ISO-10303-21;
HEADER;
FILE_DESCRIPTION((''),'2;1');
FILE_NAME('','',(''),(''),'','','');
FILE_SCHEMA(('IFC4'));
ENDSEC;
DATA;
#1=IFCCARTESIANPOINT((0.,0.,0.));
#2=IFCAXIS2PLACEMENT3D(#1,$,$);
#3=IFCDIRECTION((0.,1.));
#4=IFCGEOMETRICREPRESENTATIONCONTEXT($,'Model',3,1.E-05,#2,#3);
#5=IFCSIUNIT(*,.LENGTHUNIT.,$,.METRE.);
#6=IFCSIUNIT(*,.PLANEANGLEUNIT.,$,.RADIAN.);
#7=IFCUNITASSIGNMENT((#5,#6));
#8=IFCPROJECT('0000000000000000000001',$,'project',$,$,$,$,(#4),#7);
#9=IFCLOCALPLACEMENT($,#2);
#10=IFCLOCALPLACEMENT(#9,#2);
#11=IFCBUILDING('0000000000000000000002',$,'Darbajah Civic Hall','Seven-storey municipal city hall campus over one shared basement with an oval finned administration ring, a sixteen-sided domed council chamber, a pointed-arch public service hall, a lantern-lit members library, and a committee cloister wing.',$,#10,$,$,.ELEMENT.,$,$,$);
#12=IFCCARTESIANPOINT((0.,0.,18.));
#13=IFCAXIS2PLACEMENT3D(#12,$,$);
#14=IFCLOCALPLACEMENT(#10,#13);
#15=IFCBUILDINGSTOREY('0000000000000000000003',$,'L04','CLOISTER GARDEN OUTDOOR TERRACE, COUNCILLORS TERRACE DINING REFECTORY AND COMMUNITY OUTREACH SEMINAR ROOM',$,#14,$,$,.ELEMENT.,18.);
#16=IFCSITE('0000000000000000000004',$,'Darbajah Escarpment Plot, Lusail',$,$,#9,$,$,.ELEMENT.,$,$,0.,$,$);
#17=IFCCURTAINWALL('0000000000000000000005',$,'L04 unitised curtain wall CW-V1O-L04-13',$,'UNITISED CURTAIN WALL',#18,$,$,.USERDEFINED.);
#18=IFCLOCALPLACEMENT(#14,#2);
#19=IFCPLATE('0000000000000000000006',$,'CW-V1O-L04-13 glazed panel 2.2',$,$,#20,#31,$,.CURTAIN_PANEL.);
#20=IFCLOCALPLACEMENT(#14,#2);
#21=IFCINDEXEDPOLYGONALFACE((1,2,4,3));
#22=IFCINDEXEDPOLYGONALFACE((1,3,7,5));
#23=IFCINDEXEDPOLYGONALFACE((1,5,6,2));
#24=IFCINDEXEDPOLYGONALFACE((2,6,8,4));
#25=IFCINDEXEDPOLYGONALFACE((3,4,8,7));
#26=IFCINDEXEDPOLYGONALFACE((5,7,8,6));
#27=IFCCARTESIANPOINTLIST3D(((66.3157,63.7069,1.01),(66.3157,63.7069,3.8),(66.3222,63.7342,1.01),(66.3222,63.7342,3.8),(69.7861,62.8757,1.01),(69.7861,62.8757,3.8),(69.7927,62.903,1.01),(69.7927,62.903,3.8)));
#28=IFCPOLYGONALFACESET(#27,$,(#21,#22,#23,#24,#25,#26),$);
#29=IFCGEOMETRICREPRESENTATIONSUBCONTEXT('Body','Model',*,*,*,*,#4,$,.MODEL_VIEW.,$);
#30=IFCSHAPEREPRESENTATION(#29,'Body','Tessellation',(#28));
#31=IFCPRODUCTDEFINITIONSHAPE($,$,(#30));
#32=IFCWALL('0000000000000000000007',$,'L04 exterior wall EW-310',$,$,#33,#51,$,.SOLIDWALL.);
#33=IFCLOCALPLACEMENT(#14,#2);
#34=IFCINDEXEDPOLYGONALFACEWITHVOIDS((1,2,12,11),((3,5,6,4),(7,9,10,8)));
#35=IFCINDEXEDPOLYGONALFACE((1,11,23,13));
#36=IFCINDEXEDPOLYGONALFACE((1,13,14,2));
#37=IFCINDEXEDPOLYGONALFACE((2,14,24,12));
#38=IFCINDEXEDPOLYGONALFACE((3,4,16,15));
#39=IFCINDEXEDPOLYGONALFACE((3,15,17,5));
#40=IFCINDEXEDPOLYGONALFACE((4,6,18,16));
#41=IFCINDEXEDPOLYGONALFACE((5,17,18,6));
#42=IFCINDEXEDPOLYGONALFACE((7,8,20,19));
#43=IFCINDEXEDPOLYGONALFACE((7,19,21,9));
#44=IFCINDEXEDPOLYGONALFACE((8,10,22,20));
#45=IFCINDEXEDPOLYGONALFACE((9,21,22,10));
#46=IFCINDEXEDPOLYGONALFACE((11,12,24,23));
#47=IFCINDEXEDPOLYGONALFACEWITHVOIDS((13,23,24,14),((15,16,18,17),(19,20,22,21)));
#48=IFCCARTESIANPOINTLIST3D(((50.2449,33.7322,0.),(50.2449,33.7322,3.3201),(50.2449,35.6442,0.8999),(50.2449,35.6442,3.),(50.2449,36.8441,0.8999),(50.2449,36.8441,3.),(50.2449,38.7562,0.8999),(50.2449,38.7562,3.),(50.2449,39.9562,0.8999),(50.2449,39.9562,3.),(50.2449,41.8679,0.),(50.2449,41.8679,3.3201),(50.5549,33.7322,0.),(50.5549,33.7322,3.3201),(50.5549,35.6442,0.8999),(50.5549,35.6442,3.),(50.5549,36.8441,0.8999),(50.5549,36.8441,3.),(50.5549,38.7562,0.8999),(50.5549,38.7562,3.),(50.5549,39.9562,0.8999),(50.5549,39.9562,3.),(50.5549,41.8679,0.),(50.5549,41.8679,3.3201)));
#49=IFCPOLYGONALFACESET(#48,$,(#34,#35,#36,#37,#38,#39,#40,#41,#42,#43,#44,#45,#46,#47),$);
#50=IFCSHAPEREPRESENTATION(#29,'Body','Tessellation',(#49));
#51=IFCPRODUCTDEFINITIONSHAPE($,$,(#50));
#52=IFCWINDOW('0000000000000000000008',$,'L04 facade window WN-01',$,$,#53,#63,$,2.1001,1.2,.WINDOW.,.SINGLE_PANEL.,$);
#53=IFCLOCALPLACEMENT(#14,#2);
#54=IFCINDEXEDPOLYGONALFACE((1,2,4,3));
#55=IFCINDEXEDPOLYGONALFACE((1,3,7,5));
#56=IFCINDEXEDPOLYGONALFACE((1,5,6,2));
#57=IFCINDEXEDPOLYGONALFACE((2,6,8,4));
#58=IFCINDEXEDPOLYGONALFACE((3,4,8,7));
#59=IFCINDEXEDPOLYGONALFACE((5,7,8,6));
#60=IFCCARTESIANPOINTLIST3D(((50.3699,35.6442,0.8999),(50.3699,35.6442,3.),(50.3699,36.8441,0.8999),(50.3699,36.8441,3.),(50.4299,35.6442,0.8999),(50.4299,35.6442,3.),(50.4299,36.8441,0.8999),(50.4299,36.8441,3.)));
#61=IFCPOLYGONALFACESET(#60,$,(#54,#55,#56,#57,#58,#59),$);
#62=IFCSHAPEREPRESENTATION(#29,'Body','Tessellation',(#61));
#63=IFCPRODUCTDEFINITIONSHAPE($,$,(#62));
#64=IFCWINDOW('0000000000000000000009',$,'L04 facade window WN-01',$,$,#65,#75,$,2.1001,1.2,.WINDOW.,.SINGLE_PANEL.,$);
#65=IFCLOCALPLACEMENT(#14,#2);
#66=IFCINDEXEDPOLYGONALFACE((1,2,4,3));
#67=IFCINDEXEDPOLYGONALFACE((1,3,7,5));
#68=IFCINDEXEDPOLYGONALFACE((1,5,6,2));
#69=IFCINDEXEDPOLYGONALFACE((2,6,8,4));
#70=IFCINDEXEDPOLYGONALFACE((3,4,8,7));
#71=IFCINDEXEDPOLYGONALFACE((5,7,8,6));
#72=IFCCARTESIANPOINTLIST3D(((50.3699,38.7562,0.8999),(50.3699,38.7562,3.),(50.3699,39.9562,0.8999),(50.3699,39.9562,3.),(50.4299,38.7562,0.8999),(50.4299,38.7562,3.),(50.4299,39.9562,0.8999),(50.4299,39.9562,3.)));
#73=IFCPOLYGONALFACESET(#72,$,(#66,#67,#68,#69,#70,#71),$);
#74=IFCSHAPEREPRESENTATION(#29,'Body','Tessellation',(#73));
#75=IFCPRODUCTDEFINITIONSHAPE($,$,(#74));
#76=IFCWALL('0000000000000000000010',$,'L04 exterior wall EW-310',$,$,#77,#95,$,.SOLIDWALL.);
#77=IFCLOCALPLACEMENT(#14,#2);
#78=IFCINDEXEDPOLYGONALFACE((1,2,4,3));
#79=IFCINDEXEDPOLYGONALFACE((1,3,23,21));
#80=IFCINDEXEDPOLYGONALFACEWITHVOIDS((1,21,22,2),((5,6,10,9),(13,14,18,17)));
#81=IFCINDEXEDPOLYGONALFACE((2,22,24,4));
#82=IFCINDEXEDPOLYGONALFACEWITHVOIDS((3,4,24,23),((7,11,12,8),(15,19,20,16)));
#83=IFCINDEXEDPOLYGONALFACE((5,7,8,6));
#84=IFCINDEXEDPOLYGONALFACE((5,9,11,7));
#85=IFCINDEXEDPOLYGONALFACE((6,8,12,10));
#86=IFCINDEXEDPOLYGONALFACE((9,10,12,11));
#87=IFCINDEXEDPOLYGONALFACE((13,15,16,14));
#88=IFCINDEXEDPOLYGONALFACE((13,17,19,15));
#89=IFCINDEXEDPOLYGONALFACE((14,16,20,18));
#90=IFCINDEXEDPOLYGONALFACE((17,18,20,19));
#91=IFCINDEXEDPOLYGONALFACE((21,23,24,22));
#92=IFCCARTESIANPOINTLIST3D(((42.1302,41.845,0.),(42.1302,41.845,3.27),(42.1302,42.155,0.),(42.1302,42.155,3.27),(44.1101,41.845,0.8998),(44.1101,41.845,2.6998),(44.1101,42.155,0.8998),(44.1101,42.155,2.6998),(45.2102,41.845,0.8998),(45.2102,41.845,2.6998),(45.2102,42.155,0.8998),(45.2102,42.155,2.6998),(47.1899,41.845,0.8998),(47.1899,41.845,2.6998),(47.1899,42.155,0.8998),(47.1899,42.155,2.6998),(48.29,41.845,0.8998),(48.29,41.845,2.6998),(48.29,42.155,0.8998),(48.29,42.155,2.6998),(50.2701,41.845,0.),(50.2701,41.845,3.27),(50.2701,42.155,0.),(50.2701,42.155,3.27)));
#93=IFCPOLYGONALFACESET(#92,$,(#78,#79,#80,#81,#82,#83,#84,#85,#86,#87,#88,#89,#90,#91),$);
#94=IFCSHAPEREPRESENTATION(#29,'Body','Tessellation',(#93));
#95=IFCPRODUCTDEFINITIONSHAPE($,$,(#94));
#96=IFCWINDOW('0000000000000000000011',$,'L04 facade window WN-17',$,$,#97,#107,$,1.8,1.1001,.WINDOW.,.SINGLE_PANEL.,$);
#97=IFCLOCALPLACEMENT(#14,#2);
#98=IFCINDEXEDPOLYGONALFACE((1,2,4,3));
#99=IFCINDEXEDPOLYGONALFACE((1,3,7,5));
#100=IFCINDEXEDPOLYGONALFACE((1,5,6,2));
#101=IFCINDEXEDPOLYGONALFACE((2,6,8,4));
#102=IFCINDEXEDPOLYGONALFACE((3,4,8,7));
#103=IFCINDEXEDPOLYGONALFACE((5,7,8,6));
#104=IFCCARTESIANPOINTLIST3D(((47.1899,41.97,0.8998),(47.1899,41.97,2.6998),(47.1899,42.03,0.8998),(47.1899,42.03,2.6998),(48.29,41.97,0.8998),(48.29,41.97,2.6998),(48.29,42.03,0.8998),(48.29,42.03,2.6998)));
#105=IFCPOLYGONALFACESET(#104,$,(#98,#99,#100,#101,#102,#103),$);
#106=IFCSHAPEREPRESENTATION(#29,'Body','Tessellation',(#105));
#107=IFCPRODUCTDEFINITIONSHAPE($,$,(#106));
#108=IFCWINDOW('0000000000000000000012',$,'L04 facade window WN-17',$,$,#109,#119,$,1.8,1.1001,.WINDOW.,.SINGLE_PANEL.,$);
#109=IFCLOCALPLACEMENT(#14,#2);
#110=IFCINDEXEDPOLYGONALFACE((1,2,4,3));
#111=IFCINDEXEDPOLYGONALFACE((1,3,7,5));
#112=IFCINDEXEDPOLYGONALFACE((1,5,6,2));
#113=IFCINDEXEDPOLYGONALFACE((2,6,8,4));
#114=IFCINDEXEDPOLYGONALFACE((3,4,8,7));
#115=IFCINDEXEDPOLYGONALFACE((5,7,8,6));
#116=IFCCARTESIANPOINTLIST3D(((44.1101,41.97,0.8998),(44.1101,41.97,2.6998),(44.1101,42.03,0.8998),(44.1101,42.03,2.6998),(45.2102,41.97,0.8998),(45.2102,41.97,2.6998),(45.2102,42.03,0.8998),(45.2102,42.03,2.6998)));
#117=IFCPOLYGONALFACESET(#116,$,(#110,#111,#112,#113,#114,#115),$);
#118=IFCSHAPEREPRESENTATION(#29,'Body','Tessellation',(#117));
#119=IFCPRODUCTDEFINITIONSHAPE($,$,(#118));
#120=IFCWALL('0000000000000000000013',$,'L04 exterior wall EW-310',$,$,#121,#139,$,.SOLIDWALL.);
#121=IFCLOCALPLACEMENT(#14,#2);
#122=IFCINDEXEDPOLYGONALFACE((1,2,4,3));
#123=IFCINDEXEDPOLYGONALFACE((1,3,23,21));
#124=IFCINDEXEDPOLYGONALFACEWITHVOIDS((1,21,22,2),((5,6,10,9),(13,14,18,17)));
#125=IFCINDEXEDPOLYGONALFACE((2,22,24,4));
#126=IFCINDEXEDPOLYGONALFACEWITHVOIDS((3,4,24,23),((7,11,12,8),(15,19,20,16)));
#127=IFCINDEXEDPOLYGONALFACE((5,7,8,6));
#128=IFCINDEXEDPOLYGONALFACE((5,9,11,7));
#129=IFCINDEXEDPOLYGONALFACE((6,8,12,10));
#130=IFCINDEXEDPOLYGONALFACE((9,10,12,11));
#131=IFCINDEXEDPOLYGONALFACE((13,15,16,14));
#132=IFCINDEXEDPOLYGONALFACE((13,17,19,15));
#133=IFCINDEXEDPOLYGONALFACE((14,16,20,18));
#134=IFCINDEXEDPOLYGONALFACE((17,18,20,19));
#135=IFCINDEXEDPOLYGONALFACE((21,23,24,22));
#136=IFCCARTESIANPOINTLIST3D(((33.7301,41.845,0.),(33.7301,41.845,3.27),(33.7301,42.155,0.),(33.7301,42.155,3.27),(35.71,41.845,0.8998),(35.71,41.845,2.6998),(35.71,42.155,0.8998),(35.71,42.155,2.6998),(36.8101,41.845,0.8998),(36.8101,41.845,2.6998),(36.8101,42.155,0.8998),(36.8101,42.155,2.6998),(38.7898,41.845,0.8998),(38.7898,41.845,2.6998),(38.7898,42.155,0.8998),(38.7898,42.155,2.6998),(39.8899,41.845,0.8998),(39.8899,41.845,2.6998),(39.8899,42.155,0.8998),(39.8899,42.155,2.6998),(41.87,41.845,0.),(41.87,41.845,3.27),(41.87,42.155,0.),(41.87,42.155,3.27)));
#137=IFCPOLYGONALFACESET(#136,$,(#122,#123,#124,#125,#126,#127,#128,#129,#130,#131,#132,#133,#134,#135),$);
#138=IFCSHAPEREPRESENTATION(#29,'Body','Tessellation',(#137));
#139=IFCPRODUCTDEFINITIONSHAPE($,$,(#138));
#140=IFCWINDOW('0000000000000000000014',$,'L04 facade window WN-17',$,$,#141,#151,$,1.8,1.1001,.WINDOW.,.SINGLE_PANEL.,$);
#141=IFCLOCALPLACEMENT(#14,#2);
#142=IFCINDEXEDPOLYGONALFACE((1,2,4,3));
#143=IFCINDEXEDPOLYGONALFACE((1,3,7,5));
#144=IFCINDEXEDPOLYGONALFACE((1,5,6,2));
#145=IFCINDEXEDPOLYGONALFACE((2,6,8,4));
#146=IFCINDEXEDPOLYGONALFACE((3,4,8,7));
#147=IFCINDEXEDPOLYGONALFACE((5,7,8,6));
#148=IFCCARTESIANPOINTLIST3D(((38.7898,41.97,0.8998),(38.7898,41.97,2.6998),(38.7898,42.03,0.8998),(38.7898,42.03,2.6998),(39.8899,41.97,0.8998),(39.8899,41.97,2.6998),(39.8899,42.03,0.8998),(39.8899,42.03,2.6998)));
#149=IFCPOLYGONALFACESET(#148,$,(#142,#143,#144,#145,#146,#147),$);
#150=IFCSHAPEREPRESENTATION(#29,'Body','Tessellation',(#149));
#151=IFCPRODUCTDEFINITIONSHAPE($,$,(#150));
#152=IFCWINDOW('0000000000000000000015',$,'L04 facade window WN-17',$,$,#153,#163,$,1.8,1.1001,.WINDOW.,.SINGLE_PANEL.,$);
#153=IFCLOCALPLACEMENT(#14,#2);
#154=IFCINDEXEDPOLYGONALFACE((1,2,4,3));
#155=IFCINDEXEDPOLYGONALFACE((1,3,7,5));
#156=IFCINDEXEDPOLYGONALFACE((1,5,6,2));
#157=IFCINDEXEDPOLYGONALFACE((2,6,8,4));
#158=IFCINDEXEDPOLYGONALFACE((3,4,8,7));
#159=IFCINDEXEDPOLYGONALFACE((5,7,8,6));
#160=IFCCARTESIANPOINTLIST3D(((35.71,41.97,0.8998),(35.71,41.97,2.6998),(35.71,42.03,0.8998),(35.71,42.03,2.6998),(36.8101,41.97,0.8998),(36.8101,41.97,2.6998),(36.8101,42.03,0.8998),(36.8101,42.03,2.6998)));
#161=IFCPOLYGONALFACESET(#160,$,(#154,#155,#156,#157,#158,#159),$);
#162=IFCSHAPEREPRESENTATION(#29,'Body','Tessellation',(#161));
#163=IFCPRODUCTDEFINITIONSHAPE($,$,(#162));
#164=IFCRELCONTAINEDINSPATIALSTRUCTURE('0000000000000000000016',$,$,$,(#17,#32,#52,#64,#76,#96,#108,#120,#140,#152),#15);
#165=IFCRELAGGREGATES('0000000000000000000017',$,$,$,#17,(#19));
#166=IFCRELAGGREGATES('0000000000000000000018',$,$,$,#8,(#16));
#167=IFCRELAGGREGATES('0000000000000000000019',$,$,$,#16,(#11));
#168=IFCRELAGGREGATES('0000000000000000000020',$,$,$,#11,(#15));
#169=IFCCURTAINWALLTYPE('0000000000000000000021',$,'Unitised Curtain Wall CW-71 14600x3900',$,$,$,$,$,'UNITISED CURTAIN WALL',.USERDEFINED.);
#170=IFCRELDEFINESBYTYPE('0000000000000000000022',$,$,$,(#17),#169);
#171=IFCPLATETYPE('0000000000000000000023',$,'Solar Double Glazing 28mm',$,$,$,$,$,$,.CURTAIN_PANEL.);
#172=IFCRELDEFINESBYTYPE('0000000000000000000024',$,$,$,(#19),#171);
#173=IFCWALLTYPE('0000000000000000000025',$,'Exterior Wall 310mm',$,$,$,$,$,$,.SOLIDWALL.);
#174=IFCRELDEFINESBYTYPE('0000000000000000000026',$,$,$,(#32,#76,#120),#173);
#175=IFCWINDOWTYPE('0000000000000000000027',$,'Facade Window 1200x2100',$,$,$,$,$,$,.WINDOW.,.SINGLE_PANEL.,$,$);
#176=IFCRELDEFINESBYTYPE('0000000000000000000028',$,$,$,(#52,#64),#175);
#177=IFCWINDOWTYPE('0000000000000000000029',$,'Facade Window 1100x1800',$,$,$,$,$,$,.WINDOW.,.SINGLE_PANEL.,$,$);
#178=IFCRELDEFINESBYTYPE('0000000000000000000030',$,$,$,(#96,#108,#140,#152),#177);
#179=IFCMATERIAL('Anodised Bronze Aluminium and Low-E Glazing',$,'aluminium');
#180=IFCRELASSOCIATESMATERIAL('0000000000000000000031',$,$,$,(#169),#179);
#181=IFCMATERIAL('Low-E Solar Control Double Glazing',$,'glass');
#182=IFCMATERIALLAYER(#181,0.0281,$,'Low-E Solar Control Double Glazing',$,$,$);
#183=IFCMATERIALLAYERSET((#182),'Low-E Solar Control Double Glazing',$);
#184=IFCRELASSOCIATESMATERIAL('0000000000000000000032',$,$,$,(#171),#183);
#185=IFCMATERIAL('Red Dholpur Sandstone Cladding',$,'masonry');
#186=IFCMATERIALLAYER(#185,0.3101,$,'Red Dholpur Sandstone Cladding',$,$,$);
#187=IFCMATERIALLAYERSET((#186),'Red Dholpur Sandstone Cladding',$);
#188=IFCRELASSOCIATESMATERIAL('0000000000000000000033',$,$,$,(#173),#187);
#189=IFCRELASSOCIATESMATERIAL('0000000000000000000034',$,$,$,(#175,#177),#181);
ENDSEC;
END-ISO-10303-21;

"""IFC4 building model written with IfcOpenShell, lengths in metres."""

from ifc_helpers import new_model, si_unit, direction, frame, frame_2d, origin, origin_2d, place, context, subcontext, project, spatial, rectangle, extrude, material, layer, layer_set, type_object, element, fill, aggregate, save


model = new_model("IFC4")

# Units and contexts
model_context = context("Model", 3, precision=1e-05, world=origin(), true_north=direction((0.0, 1.0)))
body_context = subcontext(model_context, "Body", "Model", "MODEL_VIEW")
ifc_project = project(units=[si_unit("LENGTHUNIT", "METRE"), si_unit("PLANEANGLEUNIT", "RADIAN")], contexts=[model_context])

# Site, building, storey
site_placement = place(None, origin())
site = spatial("IfcSite", under=ifc_project, at=site_placement, Name="Darbajah Escarpment Plot, Lusail", CompositionType="ELEMENT", RefElevation=0.0)
building_placement = place(site_placement, origin())
building = spatial("IfcBuilding", under=site, at=building_placement, Name="Darbajah Civic Hall", Description="Seven-storey municipal city hall campus over one shared basement with an oval finned administration ring, a sixteen-sided domed council chamber, a pointed-arch public service hall, a lantern-lit members library, and a committee cloister wing.", CompositionType="ELEMENT")
storey_placement = place(building_placement, frame((0.0, 0.0, 18.0)))
storey = spatial("IfcBuildingStorey", under=building, at=storey_placement, Name="L04", Description="CLOISTER GARDEN OUTDOOR TERRACE, COUNCILLORS TERRACE DINING REFECTORY AND COMMUNITY OUTREACH SEMINAR ROOM", CompositionType="ELEMENT", Elevation=18.0)

# Curtain wall
ifc_material_1 = material(Name="Anodised Bronze Aluminium and Low-E Glazing", Category="aluminium")
curtain_wall_type = type_object("IfcCurtainWallType", Name="Unitised Curtain Wall CW-71 14600x3900", ElementType="UNITISED CURTAIN WALL", PredefinedType="USERDEFINED", material=ifc_material_1)
curtain_wall_placement = place(storey_placement, origin())
curtain_wall = element("IfcCurtainWall", 1, at=curtain_wall_placement, inside=storey, type_object=curtain_wall_type, Name="L04 unitised curtain wall CW-V1O-L04-13", ObjectType="UNITISED CURTAIN WALL", PredefinedType="USERDEFINED")

# Plate
ifc_material_2 = material(Name="Low-E Solar Control Double Glazing", Category="glass")
ifc_layer_1 = layer(ifc_material_2, 0.0281, Name="Low-E Solar Control Double Glazing")
ifc_layer_set_1 = layer_set([ifc_layer_1], Name="Low-E Solar Control Double Glazing")
plate_type = type_object("IfcPlateType", Name="Solar Double Glazing 28mm", PredefinedType="CURTAIN_PANEL", material=ifc_layer_set_1)
plate_1_placement = place(storey_placement, frame((68.0542, 63.3049, 1.01), z_axis=(0.0, 0.0, 1.0), x_axis=(0.972492, -0.232936, 0.0)))
plate_1 = element("IfcPlate", 2, at=plate_1_placement, type_object=plate_type, Name="CW-V1O-L04-13 glazed panel 2.2", PredefinedType="CURTAIN_PANEL", context=body_context, shape_type="SweptSolid", body=[
    extrude(rectangle(XDim=3.5686, YDim=0.0281, at=origin_2d()), origin(), (0.0, 0.0, 1.0), 2.79),
])
aggregate(curtain_wall, [plate_1])

# Walls, openings, windows
ifc_material_3 = material(Name="Red Dholpur Sandstone Cladding", Category="masonry")
ifc_layer_2 = layer(ifc_material_3, 0.3101, Name="Red Dholpur Sandstone Cladding")
ifc_layer_set_2 = layer_set([ifc_layer_2], Name="Red Dholpur Sandstone Cladding")
wall_type = type_object("IfcWallType", Name="Exterior Wall 310mm", PredefinedType="SOLIDWALL", material=ifc_layer_set_2)
wall_1_placement = place(storey_placement, frame((50.3999, 33.7322, 0.0), z_axis=(0.0, 0.0, 1.0), x_axis=(0.0, 1.0, 0.0)))
wall_1 = element("IfcWall", 3, at=wall_1_placement, inside=storey, type_object=wall_type, Name="L04 exterior wall EW-310", PredefinedType="SOLIDWALL", context=body_context, shape_type="SweptSolid", body=[
    extrude(rectangle(XDim=8.1357, YDim=0.3101, at=frame_2d((4.0679, 0.0))), origin(), (0.0, 0.0, 1.0), 3.3201),
])
opening_1_placement = place(wall_1_placement, frame((1.9119, 0.0, 0.8999)))
opening_1 = element("IfcOpeningElement", 4, at=opening_1_placement, cuts=wall_1, PredefinedType="OPENING", context=body_context, shape_type="SweptSolid", body=[
    extrude(rectangle(XDim=1.2, YDim=2.1001, at=frame_2d((0.6001, 1.05))), frame((0.0, 0.165, 0.0), z_axis=(0.0, -1.0, 0.0), x_axis=(1.0, 0.0, 0.0)), (0.0, 0.0, 1.0), 0.3301),
])
opening_2_placement = place(wall_1_placement, frame((5.0239, 0.0, 0.8999)))
opening_2 = element("IfcOpeningElement", 5, at=opening_2_placement, cuts=wall_1, PredefinedType="OPENING", context=body_context, shape_type="SweptSolid", body=[
    extrude(rectangle(XDim=1.2, YDim=2.1001, at=frame_2d((0.6001, 1.05))), frame((0.0, 0.165, 0.0), z_axis=(0.0, -1.0, 0.0), x_axis=(1.0, 0.0, 0.0)), (0.0, 0.0, 1.0), 0.3301),
])
window_type_1 = type_object("IfcWindowType", Name="Facade Window 1200x2100", PartitioningType="SINGLE_PANEL", PredefinedType="WINDOW", material=ifc_material_2)
window_1_placement = place(opening_1_placement, origin())
window_1 = element("IfcWindow", 6, at=window_1_placement, inside=storey, type_object=window_type_1, Name="L04 facade window WN-01", OverallHeight=2.1001, OverallWidth=1.2, PartitioningType="SINGLE_PANEL", PredefinedType="WINDOW", context=body_context, shape_type="SweptSolid", body=[
    extrude(rectangle(XDim=1.2, YDim=2.1001, at=frame_2d((0.6001, 1.05))), frame((0.0, 0.03, 0.0), z_axis=(0.0, -1.0, 0.0), x_axis=(1.0, 0.0, 0.0)), (0.0, 0.0, 1.0), 0.0601),
])
fill(opening_1, window_1)
window_2_placement = place(opening_2_placement, origin())
window_2 = element("IfcWindow", 7, at=window_2_placement, inside=storey, type_object=window_type_1, Name="L04 facade window WN-01", OverallHeight=2.1001, OverallWidth=1.2, PartitioningType="SINGLE_PANEL", PredefinedType="WINDOW", context=body_context, shape_type="SweptSolid", body=[
    extrude(rectangle(XDim=1.2, YDim=2.1001, at=frame_2d((0.6001, 1.05))), frame((0.0, 0.03, 0.0), z_axis=(0.0, -1.0, 0.0), x_axis=(1.0, 0.0, 0.0)), (0.0, 0.0, 1.0), 0.0601),
])
fill(opening_2, window_2)
wall_2_placement = place(storey_placement, frame((50.27, 42.0, 0.0), z_axis=(0.0, 0.0, 1.0), x_axis=(-1.0, 0.0, 0.0)))
wall_2 = element("IfcWall", 8, at=wall_2_placement, inside=storey, type_object=wall_type, Name="L04 exterior wall EW-310", PredefinedType="SOLIDWALL", context=body_context, shape_type="SweptSolid", body=[
    extrude(rectangle(XDim=8.1399, YDim=0.3101, at=frame_2d((4.0698, 0.0))), origin(), (0.0, 0.0, 1.0), 3.27),
])
opening_3_placement = place(wall_2_placement, frame((1.98, 0.0, 0.8999)))
opening_3 = element("IfcOpeningElement", 9, at=opening_3_placement, cuts=wall_2, PredefinedType="OPENING", context=body_context, shape_type="SweptSolid", body=[
    extrude(rectangle(XDim=1.1001, YDim=1.8, at=frame_2d((0.55, 0.8999))), frame((0.0, 0.165, 0.0), z_axis=(0.0, -1.0, 0.0), x_axis=(1.0, 0.0, 0.0)), (0.0, 0.0, 1.0), 0.3301),
])
opening_4_placement = place(wall_2_placement, frame((5.0598, 0.0, 0.8999)))
opening_4 = element("IfcOpeningElement", 10, at=opening_4_placement, cuts=wall_2, PredefinedType="OPENING", context=body_context, shape_type="SweptSolid", body=[
    extrude(rectangle(XDim=1.1001, YDim=1.8, at=frame_2d((0.55, 0.8999))), frame((0.0, 0.165, 0.0), z_axis=(0.0, -1.0, 0.0), x_axis=(1.0, 0.0, 0.0)), (0.0, 0.0, 1.0), 0.3301),
])
window_type_2 = type_object("IfcWindowType", Name="Facade Window 1100x1800", PartitioningType="SINGLE_PANEL", PredefinedType="WINDOW", material=ifc_material_2)
window_3_placement = place(opening_3_placement, origin())
window_3 = element("IfcWindow", 11, at=window_3_placement, inside=storey, type_object=window_type_2, Name="L04 facade window WN-17", OverallHeight=1.8, OverallWidth=1.1001, PartitioningType="SINGLE_PANEL", PredefinedType="WINDOW", context=body_context, shape_type="SweptSolid", body=[
    extrude(rectangle(XDim=1.1001, YDim=1.8, at=frame_2d((0.55, 0.8999))), frame((0.0, 0.03, 0.0), z_axis=(0.0, -1.0, 0.0), x_axis=(1.0, 0.0, 0.0)), (0.0, 0.0, 1.0), 0.0601),
])
fill(opening_3, window_3)
window_4_placement = place(opening_4_placement, origin())
window_4 = element("IfcWindow", 12, at=window_4_placement, inside=storey, type_object=window_type_2, Name="L04 facade window WN-17", OverallHeight=1.8, OverallWidth=1.1001, PartitioningType="SINGLE_PANEL", PredefinedType="WINDOW", context=body_context, shape_type="SweptSolid", body=[
    extrude(rectangle(XDim=1.1001, YDim=1.8, at=frame_2d((0.55, 0.8999))), frame((0.0, 0.03, 0.0), z_axis=(0.0, -1.0, 0.0), x_axis=(1.0, 0.0, 0.0)), (0.0, 0.0, 1.0), 0.0601),
])
fill(opening_4, window_4)
wall_3_placement = place(storey_placement, frame((41.8699, 42.0, 0.0), z_axis=(0.0, 0.0, 1.0), x_axis=(-1.0, 0.0, 0.0)))
wall_3 = element("IfcWall", 13, at=wall_3_placement, inside=storey, type_object=wall_type, Name="L04 exterior wall EW-310", PredefinedType="SOLIDWALL", context=body_context, shape_type="SweptSolid", body=[
    extrude(rectangle(XDim=8.1399, YDim=0.3101, at=frame_2d((4.0698, 0.0))), origin(), (0.0, 0.0, 1.0), 3.27),
])
opening_5_placement = place(wall_3_placement, frame((1.98, 0.0, 0.8999)))
opening_5 = element("IfcOpeningElement", 14, at=opening_5_placement, cuts=wall_3, PredefinedType="OPENING", context=body_context, shape_type="SweptSolid", body=[
    extrude(rectangle(XDim=1.1001, YDim=1.8, at=frame_2d((0.55, 0.8999))), frame((0.0, 0.165, 0.0), z_axis=(0.0, -1.0, 0.0), x_axis=(1.0, 0.0, 0.0)), (0.0, 0.0, 1.0), 0.3301),
])
opening_6_placement = place(wall_3_placement, frame((5.0598, 0.0, 0.8999)))
opening_6 = element("IfcOpeningElement", 15, at=opening_6_placement, cuts=wall_3, PredefinedType="OPENING", context=body_context, shape_type="SweptSolid", body=[
    extrude(rectangle(XDim=1.1001, YDim=1.8, at=frame_2d((0.55, 0.8999))), frame((0.0, 0.165, 0.0), z_axis=(0.0, -1.0, 0.0), x_axis=(1.0, 0.0, 0.0)), (0.0, 0.0, 1.0), 0.3301),
])
window_5_placement = place(opening_5_placement, origin())
window_5 = element("IfcWindow", 16, at=window_5_placement, inside=storey, type_object=window_type_2, Name="L04 facade window WN-17", OverallHeight=1.8, OverallWidth=1.1001, PartitioningType="SINGLE_PANEL", PredefinedType="WINDOW", context=body_context, shape_type="SweptSolid", body=[
    extrude(rectangle(XDim=1.1001, YDim=1.8, at=frame_2d((0.55, 0.8999))), frame((0.0, 0.03, 0.0), z_axis=(0.0, -1.0, 0.0), x_axis=(1.0, 0.0, 0.0)), (0.0, 0.0, 1.0), 0.0601),
])
fill(opening_5, window_5)
window_6_placement = place(opening_6_placement, origin())
window_6 = element("IfcWindow", 17, at=window_6_placement, inside=storey, type_object=window_type_2, Name="L04 facade window WN-17", OverallHeight=1.8, OverallWidth=1.1001, PartitioningType="SINGLE_PANEL", PredefinedType="WINDOW", context=body_context, shape_type="SweptSolid", body=[
    extrude(rectangle(XDim=1.1001, YDim=1.8, at=frame_2d((0.55, 0.8999))), frame((0.0, 0.03, 0.0), z_axis=(0.0, -1.0, 0.0), x_axis=(1.0, 0.0, 0.0)), (0.0, 0.0, 1.0), 0.0601),
])
fill(opening_6, window_6)

save(model, "model.ifc")
